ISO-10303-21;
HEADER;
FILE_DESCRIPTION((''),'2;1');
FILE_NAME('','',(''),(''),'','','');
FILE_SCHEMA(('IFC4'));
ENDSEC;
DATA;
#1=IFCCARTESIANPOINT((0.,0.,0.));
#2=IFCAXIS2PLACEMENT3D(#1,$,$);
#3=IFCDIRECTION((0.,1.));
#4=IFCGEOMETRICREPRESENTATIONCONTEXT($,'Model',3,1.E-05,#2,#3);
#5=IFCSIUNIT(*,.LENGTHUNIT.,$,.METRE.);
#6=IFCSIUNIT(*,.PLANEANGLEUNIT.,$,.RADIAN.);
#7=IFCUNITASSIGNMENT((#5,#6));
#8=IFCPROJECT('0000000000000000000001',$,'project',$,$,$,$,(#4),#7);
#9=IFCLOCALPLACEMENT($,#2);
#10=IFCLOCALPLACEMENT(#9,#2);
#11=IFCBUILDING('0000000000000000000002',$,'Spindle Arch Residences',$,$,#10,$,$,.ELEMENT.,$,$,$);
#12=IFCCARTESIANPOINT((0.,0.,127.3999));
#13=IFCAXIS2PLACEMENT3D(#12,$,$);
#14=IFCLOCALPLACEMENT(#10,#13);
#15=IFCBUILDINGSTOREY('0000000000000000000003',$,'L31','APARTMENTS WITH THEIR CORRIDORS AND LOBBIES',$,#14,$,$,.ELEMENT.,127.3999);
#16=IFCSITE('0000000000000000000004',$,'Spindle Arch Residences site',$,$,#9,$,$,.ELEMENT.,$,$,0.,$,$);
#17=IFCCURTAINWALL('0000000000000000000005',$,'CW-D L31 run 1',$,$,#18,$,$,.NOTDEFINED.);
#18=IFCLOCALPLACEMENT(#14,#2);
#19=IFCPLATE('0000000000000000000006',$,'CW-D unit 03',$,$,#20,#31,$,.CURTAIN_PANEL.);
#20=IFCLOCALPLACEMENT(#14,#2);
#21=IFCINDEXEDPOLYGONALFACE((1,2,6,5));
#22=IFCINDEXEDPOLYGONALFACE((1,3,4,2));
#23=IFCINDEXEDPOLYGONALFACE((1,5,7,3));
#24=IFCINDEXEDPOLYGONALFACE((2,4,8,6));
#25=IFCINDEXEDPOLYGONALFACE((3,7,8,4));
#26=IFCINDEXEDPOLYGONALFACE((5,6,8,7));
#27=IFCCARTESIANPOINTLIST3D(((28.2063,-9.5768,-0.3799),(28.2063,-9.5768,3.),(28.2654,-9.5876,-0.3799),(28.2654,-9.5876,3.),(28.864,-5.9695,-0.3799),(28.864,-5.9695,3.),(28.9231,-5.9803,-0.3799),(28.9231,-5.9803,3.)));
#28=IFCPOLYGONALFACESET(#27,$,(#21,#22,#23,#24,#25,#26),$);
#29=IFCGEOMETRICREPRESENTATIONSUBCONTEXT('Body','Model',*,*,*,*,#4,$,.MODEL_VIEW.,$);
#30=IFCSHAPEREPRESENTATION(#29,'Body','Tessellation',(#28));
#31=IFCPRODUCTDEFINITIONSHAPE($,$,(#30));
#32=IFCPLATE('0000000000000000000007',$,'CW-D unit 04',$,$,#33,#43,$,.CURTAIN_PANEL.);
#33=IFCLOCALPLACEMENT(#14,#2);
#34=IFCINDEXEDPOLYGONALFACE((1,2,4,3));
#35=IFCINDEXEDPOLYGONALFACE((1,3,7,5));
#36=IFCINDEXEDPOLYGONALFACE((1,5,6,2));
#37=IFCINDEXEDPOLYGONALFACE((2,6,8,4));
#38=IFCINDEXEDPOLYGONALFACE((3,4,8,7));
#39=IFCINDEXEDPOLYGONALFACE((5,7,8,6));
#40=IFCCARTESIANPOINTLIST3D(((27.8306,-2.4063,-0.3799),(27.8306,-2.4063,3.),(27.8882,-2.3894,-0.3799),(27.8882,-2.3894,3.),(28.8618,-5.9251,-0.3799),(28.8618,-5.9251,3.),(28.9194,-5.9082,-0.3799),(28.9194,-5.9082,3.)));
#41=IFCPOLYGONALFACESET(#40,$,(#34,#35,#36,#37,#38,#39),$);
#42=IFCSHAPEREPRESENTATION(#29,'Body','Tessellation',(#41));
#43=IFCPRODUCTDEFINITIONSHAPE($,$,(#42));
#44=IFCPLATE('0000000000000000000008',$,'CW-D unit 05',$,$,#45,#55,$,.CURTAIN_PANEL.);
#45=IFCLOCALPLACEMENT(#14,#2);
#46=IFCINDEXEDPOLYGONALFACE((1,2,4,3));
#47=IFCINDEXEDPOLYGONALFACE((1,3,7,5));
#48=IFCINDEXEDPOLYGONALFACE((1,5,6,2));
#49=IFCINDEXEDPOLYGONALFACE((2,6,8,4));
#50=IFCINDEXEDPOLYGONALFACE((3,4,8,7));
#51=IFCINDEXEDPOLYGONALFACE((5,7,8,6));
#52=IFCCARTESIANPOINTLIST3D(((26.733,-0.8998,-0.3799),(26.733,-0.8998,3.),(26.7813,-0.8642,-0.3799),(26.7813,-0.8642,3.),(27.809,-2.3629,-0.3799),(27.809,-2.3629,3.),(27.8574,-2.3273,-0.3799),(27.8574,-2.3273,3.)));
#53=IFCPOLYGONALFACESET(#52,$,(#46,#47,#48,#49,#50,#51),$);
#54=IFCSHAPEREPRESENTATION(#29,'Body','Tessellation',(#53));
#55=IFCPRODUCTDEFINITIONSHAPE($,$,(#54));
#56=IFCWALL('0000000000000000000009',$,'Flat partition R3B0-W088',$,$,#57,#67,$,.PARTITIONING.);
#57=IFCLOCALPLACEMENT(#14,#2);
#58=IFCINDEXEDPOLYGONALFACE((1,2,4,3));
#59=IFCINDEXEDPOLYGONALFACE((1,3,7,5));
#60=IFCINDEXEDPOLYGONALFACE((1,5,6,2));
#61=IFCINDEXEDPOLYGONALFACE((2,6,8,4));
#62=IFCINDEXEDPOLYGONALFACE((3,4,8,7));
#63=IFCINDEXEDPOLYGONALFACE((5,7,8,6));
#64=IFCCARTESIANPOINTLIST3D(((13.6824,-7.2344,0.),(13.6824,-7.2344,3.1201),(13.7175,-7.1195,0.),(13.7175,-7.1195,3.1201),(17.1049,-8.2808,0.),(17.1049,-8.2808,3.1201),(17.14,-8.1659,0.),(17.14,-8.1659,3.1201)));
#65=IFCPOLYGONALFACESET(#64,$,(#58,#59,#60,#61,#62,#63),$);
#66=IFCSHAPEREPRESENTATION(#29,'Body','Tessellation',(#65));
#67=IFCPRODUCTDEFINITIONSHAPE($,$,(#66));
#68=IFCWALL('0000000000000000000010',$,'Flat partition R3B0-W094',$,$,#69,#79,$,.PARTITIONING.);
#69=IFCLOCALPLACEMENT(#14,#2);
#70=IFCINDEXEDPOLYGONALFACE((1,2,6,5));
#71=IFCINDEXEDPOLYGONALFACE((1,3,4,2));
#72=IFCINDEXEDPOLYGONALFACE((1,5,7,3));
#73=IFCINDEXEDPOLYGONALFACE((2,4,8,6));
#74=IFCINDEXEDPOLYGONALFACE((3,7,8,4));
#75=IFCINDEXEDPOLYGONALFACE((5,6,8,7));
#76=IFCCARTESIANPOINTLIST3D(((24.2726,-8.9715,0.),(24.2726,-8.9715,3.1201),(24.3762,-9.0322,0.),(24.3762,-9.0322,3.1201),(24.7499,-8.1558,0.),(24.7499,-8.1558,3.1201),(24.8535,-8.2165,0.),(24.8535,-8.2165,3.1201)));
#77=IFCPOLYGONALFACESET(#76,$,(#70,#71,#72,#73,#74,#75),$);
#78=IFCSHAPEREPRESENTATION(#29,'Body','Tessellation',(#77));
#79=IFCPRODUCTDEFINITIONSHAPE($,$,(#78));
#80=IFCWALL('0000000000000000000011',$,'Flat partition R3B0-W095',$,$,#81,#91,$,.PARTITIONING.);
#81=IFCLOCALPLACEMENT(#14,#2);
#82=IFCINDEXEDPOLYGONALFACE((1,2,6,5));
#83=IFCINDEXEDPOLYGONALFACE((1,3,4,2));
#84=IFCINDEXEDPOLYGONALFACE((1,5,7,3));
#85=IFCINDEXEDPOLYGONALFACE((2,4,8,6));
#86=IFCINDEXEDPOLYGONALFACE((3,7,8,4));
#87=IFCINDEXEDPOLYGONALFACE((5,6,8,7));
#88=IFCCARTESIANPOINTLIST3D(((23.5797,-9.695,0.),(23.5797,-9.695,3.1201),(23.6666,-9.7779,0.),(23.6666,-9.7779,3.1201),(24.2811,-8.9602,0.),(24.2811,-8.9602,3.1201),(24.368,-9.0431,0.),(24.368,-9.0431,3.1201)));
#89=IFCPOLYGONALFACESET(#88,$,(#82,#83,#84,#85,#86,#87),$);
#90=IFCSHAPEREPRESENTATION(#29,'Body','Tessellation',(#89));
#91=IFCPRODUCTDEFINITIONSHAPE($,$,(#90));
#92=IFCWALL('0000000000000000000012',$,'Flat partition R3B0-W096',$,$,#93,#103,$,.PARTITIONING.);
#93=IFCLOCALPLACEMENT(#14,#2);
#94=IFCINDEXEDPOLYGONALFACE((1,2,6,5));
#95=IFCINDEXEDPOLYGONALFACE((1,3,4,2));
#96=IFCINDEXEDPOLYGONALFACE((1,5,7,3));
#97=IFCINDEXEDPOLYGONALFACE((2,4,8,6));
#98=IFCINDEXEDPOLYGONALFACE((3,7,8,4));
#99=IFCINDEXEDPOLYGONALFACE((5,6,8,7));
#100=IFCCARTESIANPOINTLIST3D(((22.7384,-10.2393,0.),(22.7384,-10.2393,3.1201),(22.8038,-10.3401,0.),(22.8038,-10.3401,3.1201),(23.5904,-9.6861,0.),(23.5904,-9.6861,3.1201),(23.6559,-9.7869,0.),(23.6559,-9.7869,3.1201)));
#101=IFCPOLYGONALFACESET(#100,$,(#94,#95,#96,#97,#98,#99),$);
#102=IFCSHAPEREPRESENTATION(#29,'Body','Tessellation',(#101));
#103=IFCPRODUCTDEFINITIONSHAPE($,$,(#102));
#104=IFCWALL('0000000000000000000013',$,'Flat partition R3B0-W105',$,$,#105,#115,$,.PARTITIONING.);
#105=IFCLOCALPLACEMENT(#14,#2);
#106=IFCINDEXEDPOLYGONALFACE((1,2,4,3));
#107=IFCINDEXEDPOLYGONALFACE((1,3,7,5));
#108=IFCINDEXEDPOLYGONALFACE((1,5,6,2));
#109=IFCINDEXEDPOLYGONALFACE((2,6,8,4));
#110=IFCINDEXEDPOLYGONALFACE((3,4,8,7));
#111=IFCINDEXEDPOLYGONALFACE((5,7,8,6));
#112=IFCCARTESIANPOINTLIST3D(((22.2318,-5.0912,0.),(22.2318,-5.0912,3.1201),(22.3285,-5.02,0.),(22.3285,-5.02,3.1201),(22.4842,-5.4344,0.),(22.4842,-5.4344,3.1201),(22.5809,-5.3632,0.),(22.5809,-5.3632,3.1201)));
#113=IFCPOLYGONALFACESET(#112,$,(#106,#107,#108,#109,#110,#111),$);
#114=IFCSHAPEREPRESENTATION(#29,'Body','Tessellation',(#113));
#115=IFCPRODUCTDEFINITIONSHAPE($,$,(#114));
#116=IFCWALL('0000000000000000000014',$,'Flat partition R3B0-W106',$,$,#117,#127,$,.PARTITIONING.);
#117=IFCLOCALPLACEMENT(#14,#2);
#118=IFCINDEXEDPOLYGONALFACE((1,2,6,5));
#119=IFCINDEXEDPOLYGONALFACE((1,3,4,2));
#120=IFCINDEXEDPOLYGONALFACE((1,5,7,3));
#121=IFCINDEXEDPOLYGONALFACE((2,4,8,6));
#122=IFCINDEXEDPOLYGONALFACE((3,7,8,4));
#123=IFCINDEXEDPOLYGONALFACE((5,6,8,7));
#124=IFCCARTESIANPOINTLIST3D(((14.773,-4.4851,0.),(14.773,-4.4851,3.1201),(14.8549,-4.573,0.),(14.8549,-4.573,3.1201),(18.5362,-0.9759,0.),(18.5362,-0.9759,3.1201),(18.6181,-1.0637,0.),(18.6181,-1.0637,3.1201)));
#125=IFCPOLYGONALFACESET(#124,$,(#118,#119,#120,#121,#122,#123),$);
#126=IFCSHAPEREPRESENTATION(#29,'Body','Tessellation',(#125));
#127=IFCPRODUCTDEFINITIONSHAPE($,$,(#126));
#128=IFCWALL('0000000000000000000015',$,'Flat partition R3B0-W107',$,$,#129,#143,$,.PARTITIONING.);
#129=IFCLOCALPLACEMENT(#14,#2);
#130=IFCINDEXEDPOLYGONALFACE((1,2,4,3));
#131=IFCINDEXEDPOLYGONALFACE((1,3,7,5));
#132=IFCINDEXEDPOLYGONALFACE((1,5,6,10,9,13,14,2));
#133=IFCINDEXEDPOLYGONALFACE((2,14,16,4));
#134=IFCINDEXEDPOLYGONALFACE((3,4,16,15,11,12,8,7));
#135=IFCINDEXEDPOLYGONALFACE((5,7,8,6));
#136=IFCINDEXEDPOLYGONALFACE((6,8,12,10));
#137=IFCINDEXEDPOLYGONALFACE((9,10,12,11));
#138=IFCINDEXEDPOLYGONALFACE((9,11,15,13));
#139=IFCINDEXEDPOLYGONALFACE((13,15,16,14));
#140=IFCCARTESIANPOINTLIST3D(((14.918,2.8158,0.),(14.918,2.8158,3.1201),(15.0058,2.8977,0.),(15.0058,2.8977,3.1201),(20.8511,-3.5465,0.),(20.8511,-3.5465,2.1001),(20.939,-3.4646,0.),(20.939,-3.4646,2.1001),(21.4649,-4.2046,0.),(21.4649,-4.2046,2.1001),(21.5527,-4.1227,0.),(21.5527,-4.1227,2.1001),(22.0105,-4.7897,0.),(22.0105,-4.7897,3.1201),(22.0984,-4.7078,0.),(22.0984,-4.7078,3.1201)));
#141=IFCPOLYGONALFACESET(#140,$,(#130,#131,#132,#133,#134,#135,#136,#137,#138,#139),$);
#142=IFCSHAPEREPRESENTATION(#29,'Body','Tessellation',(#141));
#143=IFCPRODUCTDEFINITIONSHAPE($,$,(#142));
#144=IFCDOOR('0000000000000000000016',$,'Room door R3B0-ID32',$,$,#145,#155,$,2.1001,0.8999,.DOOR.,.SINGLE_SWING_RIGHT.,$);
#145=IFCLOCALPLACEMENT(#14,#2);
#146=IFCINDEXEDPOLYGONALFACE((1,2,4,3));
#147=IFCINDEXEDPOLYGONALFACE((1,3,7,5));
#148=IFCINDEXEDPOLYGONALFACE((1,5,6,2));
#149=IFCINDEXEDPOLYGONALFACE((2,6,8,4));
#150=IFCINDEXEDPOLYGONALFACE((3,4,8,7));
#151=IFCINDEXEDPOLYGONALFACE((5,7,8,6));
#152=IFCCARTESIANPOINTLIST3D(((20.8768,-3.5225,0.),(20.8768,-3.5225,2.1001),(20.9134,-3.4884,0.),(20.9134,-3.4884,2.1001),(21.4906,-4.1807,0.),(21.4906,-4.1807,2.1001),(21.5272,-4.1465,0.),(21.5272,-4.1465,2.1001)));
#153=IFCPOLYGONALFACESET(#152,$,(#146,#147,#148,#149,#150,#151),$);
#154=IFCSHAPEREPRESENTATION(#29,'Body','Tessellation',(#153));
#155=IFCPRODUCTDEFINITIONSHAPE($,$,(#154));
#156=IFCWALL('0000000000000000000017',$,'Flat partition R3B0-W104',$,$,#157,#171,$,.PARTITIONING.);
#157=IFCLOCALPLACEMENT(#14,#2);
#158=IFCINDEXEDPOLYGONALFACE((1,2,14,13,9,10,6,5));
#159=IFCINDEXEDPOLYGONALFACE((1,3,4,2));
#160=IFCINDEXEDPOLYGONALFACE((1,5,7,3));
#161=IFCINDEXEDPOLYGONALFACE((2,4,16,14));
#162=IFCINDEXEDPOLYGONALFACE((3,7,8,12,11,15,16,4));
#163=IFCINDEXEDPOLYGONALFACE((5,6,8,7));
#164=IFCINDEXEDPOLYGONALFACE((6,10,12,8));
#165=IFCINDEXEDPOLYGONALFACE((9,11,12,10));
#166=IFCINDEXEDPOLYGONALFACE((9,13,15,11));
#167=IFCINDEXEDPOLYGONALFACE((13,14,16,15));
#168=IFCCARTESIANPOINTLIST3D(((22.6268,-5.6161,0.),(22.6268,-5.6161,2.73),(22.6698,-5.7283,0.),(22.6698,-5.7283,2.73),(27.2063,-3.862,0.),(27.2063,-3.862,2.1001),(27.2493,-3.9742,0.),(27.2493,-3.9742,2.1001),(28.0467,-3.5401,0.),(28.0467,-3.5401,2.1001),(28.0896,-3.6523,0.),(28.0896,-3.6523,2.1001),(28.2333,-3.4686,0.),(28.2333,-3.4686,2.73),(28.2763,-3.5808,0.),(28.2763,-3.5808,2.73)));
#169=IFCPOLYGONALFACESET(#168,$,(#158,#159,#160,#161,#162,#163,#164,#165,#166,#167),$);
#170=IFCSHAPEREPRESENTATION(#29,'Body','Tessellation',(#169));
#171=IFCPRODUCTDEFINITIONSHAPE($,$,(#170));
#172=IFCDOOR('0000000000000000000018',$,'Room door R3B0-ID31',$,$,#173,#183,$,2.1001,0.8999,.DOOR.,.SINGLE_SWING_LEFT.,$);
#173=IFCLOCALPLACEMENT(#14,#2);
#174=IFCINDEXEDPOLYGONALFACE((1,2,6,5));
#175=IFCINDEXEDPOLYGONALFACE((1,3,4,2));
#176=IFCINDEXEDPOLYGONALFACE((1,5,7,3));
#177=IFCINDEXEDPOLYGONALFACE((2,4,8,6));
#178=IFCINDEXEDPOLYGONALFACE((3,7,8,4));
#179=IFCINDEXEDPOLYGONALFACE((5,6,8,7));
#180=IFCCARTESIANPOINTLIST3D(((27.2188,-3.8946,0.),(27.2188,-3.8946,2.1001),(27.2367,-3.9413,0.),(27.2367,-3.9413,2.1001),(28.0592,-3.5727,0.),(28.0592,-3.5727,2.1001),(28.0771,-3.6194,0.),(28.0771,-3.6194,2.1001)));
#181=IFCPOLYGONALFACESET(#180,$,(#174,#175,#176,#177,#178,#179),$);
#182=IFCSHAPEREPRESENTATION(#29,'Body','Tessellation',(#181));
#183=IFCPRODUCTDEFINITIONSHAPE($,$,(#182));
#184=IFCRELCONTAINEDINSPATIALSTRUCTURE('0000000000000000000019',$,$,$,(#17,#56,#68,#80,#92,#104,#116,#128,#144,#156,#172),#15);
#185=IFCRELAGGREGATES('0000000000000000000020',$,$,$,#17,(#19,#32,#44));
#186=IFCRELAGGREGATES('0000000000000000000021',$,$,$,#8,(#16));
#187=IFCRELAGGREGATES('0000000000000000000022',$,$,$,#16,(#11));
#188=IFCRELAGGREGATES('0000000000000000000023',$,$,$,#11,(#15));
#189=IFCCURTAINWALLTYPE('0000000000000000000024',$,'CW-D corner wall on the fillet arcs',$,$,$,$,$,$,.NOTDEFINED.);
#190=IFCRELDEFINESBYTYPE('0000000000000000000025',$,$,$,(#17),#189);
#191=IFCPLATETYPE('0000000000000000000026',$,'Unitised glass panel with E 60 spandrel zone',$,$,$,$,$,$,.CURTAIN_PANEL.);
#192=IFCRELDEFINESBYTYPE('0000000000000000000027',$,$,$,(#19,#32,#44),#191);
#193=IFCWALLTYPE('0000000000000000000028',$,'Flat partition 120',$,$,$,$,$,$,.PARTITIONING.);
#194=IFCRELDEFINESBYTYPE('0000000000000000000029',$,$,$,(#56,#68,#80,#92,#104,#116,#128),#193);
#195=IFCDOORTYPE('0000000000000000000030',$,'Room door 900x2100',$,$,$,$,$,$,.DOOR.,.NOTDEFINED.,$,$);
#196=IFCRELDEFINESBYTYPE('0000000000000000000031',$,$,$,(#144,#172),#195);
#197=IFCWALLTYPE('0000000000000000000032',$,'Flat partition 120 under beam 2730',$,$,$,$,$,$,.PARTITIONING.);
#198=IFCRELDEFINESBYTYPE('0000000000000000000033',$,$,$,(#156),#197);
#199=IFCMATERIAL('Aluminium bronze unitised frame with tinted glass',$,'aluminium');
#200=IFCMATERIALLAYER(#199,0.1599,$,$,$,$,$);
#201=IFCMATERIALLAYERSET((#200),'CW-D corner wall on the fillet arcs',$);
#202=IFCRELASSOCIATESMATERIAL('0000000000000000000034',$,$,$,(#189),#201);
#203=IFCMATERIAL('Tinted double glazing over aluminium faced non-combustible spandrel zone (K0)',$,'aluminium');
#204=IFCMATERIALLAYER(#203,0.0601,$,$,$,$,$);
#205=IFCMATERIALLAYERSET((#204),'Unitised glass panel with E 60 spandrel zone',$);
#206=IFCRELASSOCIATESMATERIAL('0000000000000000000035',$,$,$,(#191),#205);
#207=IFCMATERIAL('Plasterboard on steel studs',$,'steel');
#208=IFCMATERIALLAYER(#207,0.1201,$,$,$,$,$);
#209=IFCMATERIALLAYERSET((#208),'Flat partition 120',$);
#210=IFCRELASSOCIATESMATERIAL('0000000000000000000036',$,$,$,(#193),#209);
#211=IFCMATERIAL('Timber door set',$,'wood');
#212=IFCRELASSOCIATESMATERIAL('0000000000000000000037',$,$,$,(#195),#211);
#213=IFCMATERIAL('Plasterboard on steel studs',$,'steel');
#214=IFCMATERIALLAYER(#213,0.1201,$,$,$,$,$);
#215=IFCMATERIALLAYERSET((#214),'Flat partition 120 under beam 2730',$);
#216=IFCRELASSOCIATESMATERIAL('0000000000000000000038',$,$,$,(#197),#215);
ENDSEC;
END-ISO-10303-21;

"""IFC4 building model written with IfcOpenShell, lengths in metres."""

from ifc_helpers import new_model, si_unit, direction, frame, frame_2d, origin, origin_2d, place, context, subcontext, project, spatial, rectangle, extrude, material, layer, layer_set, type_object, element, fill, aggregate, save


model = new_model("IFC4")

# Units and contexts
model_context = context("Model", 3, precision=1e-05, world=origin(), true_north=direction((0.0, 1.0)))
body_context = subcontext(model_context, "Body", "Model", "MODEL_VIEW")
ifc_project = project(units=[si_unit("LENGTHUNIT", "METRE"), si_unit("PLANEANGLEUNIT", "RADIAN")], contexts=[model_context])

# Site, building, storey
site_placement = place(None, origin())
site = spatial("IfcSite", under=ifc_project, at=site_placement, Name="Spindle Arch Residences site", CompositionType="ELEMENT", RefElevation=0.0)
building_placement = place(site_placement, origin())
building = spatial("IfcBuilding", under=site, at=building_placement, Name="Spindle Arch Residences", CompositionType="ELEMENT")
storey_placement = place(building_placement, frame((0.0, 0.0, 127.3999)))
storey = spatial("IfcBuildingStorey", under=building, at=storey_placement, Name="L31", Description="APARTMENTS WITH THEIR CORRIDORS AND LOBBIES", CompositionType="ELEMENT", Elevation=127.3999)

# Curtain wall
ifc_material_1 = material(Name="Aluminium bronze unitised frame with tinted glass", Category="aluminium")
ifc_layer_1 = layer(ifc_material_1, 0.1599)
ifc_layer_set_1 = layer_set([ifc_layer_1], Name="CW-D corner wall on the fillet arcs")
curtain_wall_type = type_object("IfcCurtainWallType", Name="CW-D corner wall on the fillet arcs", PredefinedType="NOTDEFINED", material=ifc_layer_set_1)
curtain_wall_placement = place(storey_placement, origin())
curtain_wall = element("IfcCurtainWall", 1, at=curtain_wall_placement, inside=storey, type_object=curtain_wall_type, Name="CW-D L31 run 1", PredefinedType="NOTDEFINED")

# Plates
ifc_material_2 = material(Name="Tinted double glazing over aluminium faced non-combustible spandrel zone (K0)", Category="aluminium")
ifc_layer_2 = layer(ifc_material_2, 0.0601)
ifc_layer_set_2 = layer_set([ifc_layer_2], Name="Unitised glass panel with E 60 spandrel zone")
plate_type = type_object("IfcPlateType", Name="Unitised glass panel with E 60 spandrel zone", PredefinedType="CURTAIN_PANEL", material=ifc_layer_set_2)
plate_1_placement = place(storey_placement, frame((28.5647, -7.7786, -0.3799), z_axis=(0.0, 0.0, 1.0), x_axis=(0.179375, 0.983781, 0.0)))
plate_1 = element("IfcPlate", 2, at=plate_1_placement, type_object=plate_type, Name="CW-D unit 03", PredefinedType="CURTAIN_PANEL", context=body_context, shape_type="SweptSolid", body=[
    extrude(rectangle(XDim=3.6667, YDim=0.0601, at=origin_2d()), origin(), (0.0, 0.0, 1.0), 3.3799),
])
plate_2_placement = place(storey_placement, frame((28.375, -4.1572, -0.3799), z_axis=(0.0, 0.0, 1.0), x_axis=(-0.281225, 0.959642, 0.0)))
plate_2 = element("IfcPlate", 3, at=plate_2_placement, type_object=plate_type, Name="CW-D unit 04", PredefinedType="CURTAIN_PANEL", context=body_context, shape_type="SweptSolid", body=[
    extrude(rectangle(XDim=3.6667, YDim=0.0601, at=origin_2d()), origin(), (0.0, 0.0, 1.0), 3.3799),
])
plate_3_placement = place(storey_placement, frame((27.2952, -1.6135, -0.3799), z_axis=(0.0, 0.0, 1.0), x_axis=(-0.592482, 0.805584, 0.0)))
plate_3 = element("IfcPlate", 4, at=plate_3_placement, type_object=plate_type, Name="CW-D unit 05", PredefinedType="CURTAIN_PANEL", context=body_context, shape_type="SweptSolid", body=[
    extrude(rectangle(XDim=1.8162, YDim=0.0601, at=origin_2d()), origin(), (0.0, 0.0, 1.0), 3.3799),
])
aggregate(curtain_wall, [plate_1, plate_2, plate_3])

# Walls
ifc_material_3 = material(Name="Plasterboard on steel studs", Category="steel")
ifc_layer_3 = layer(ifc_material_3, 0.1201)
ifc_layer_set_3 = layer_set([ifc_layer_3], Name="Flat partition 120")
wall_type_1 = type_object("IfcWallType", Name="Flat partition 120", PredefinedType="PARTITIONING", material=ifc_layer_set_3)
wall_1_placement = place(storey_placement, frame((17.1226, -8.2234, 0.0), z_axis=(0.0, 0.0, 1.0), x_axis=(-0.9563, 0.292388, 0.0)))
element("IfcWall", 5, at=wall_1_placement, inside=storey, type_object=wall_type_1, Name="Flat partition R3B0-W088", PredefinedType="PARTITIONING", context=body_context, shape_type="SweptSolid", body=[
    extrude(rectangle(XDim=3.5789, YDim=0.1201, at=frame_2d((1.7896, 0.0))), origin(), (0.0, 0.0, 1.0), 3.1201),
])
wall_2_placement = place(storey_placement, frame((24.8018, -8.186, 0.0), z_axis=(0.0, 0.0, 1.0), x_axis=(-0.505043, -0.863094, 0.0)))
element("IfcWall", 6, at=wall_2_placement, inside=storey, type_object=wall_type_1, Name="Flat partition R3B0-W094", PredefinedType="PARTITIONING", context=body_context, shape_type="SweptSolid", body=[
    extrude(rectangle(XDim=0.9451, YDim=0.1201, at=frame_2d((0.4727, 0.0))), origin(), (0.0, 0.0, 1.0), 3.1201),
])
for number, where, z_axis, x_axis, name in (
    (7, (24.3245, -9.0017, 0.0), (0.0, 0.0, 1.0), (-0.690453, -0.723377, 0.0), "Flat partition R3B0-W095"),
    (8, (23.623, -9.7366, 0.0), (0.0, 0.0, 1.0), (-0.838718, -0.544566, 0.0), "Flat partition R3B0-W096"),
):
    element("IfcWall", number, at=place(storey_placement, frame(where, z_axis=z_axis, x_axis=x_axis)), inside=storey, type_object=wall_type_1, Name=name, PredefinedType="PARTITIONING", context=body_context, shape_type="SweptSolid", body=[
        extrude(rectangle(XDim=1.0159, YDim=0.1201, at=frame_2d((0.5078, 0.0))), origin(), (0.0, 0.0, 1.0), 3.1201),
    ])
wall_3_placement = place(storey_placement, frame((22.5325, -5.3987, 0.0), z_axis=(0.0, 0.0, 1.0), x_axis=(-0.592456, 0.805603, 0.0)))
element("IfcWall", 9, at=wall_3_placement, inside=storey, type_object=wall_type_1, Name="Flat partition R3B0-W105", PredefinedType="PARTITIONING", context=body_context, shape_type="SweptSolid", body=[
    extrude(rectangle(XDim=0.426, YDim=0.1201, at=frame_2d((0.2129, 0.0))), origin(), (0.0, 0.0, 1.0), 3.1201),
])
wall_4_placement = place(storey_placement, frame((18.5771, -1.0198, 0.0), z_axis=(0.0, 0.0, 1.0), x_axis=(-0.731349, -0.682004, 0.0)))
element("IfcWall", 10, at=wall_4_placement, inside=storey, type_object=wall_type_1, Name="Flat partition R3B0-W106", PredefinedType="PARTITIONING", context=body_context, shape_type="SweptSolid", body=[
    extrude(rectangle(XDim=5.1455, YDim=0.1201, at=frame_2d((2.5728, 0.0))), origin(), (0.0, 0.0, 1.0), 3.1201),
])

# Walls, openings, doors
wall_5_placement = place(storey_placement, frame((22.0544, -4.7488, 0.0), z_axis=(0.0, 0.0, 1.0), x_axis=(-0.682015, 0.731339, 0.0)))
wall_5 = element("IfcWall", 11, at=wall_5_placement, inside=storey, type_object=wall_type_1, Name="Flat partition R3B0-W107", PredefinedType="PARTITIONING", context=body_context, shape_type="SweptSolid", body=[
    extrude(rectangle(XDim=10.3994, YDim=0.1201, at=frame_2d((5.1997, 0.0))), origin(), (0.0, 0.0, 1.0), 3.1201),
])
opening_1_placement = place(wall_5_placement, frame((0.8, 0.0, 0.0)))
opening_1 = element("IfcOpeningElement", 12, at=opening_1_placement, cuts=wall_5, PredefinedType="OPENING", context=body_context, shape_type="SweptSolid", body=[
    extrude(rectangle(XDim=0.8999, YDim=2.1001, at=frame_2d((0.45, 1.05))), frame((0.0, 0.0701, 0.0), z_axis=(0.0, -1.0, 0.0), x_axis=(1.0, 0.0, 0.0)), (0.0, 0.0, 1.0), 0.1401),
])
ifc_material_4 = material(Name="Timber door set", Category="wood")
door_type = type_object("IfcDoorType", Name="Room door 900x2100", OperationType="NOTDEFINED", PredefinedType="DOOR", material=ifc_material_4)
door_1_placement = place(opening_1_placement, origin())
door_1 = element("IfcDoor", 13, at=door_1_placement, inside=storey, type_object=door_type, Name="Room door R3B0-ID32", OperationType="SINGLE_SWING_RIGHT", OverallHeight=2.1001, OverallWidth=0.8999, PredefinedType="DOOR", context=body_context, shape_type="SweptSolid", body=[
    extrude(rectangle(XDim=0.8999, YDim=2.1001, at=frame_2d((0.45, 1.05))), frame((0.0, 0.0249, 0.0), z_axis=(0.0, -1.0, 0.0), x_axis=(1.0, 0.0, 0.0)), (0.0, 0.0, 1.0), 0.05),
])
fill(opening_1, door_1)
ifc_material_5 = material(Name="Plasterboard on steel studs", Category="steel")
ifc_layer_4 = layer(ifc_material_5, 0.1201)
ifc_layer_set_4 = layer_set([ifc_layer_4], Name="Flat partition 120 under beam 2730")
wall_type_2 = type_object("IfcWallType", Name="Flat partition 120 under beam 2730", PredefinedType="PARTITIONING", material=ifc_layer_set_4)
wall_6_placement = place(storey_placement, frame((28.2549, -3.5247, 0.0), z_axis=(0.0, 0.0, 1.0), x_axis=(-0.933839, -0.357693, 0.0)))
wall_6 = element("IfcWall", 14, at=wall_6_placement, inside=storey, type_object=wall_type_2, Name="Flat partition R3B0-W104", PredefinedType="PARTITIONING", context=body_context, shape_type="SweptSolid", body=[
    extrude(rectangle(XDim=6.0037, YDim=0.1201, at=frame_2d((3.002, 0.0))), origin(), (0.0, 0.0, 1.0), 2.73),
])
opening_2_placement = place(wall_6_placement, frame((0.2, 0.0, 0.0)))
opening_2 = element("IfcOpeningElement", 15, at=opening_2_placement, cuts=wall_6, PredefinedType="OPENING", context=body_context, shape_type="SweptSolid", body=[
    extrude(rectangle(XDim=0.8999, YDim=2.1001, at=frame_2d((0.45, 1.05))), frame((0.0, 0.0701, 0.0), z_axis=(0.0, -1.0, 0.0), x_axis=(1.0, 0.0, 0.0)), (0.0, 0.0, 1.0), 0.1401),
])
door_2_placement = place(opening_2_placement, origin())
door_2 = element("IfcDoor", 16, at=door_2_placement, inside=storey, type_object=door_type, Name="Room door R3B0-ID31", OperationType="SINGLE_SWING_LEFT", OverallHeight=2.1001, OverallWidth=0.8999, PredefinedType="DOOR", context=body_context, shape_type="SweptSolid", body=[
    extrude(rectangle(XDim=0.8999, YDim=2.1001, at=frame_2d((0.45, 1.05))), frame((0.0, 0.0249, 0.0), z_axis=(0.0, -1.0, 0.0), x_axis=(1.0, 0.0, 0.0)), (0.0, 0.0, 1.0), 0.05),
])
fill(opening_2, door_2)

save(model, "model.ifc")
